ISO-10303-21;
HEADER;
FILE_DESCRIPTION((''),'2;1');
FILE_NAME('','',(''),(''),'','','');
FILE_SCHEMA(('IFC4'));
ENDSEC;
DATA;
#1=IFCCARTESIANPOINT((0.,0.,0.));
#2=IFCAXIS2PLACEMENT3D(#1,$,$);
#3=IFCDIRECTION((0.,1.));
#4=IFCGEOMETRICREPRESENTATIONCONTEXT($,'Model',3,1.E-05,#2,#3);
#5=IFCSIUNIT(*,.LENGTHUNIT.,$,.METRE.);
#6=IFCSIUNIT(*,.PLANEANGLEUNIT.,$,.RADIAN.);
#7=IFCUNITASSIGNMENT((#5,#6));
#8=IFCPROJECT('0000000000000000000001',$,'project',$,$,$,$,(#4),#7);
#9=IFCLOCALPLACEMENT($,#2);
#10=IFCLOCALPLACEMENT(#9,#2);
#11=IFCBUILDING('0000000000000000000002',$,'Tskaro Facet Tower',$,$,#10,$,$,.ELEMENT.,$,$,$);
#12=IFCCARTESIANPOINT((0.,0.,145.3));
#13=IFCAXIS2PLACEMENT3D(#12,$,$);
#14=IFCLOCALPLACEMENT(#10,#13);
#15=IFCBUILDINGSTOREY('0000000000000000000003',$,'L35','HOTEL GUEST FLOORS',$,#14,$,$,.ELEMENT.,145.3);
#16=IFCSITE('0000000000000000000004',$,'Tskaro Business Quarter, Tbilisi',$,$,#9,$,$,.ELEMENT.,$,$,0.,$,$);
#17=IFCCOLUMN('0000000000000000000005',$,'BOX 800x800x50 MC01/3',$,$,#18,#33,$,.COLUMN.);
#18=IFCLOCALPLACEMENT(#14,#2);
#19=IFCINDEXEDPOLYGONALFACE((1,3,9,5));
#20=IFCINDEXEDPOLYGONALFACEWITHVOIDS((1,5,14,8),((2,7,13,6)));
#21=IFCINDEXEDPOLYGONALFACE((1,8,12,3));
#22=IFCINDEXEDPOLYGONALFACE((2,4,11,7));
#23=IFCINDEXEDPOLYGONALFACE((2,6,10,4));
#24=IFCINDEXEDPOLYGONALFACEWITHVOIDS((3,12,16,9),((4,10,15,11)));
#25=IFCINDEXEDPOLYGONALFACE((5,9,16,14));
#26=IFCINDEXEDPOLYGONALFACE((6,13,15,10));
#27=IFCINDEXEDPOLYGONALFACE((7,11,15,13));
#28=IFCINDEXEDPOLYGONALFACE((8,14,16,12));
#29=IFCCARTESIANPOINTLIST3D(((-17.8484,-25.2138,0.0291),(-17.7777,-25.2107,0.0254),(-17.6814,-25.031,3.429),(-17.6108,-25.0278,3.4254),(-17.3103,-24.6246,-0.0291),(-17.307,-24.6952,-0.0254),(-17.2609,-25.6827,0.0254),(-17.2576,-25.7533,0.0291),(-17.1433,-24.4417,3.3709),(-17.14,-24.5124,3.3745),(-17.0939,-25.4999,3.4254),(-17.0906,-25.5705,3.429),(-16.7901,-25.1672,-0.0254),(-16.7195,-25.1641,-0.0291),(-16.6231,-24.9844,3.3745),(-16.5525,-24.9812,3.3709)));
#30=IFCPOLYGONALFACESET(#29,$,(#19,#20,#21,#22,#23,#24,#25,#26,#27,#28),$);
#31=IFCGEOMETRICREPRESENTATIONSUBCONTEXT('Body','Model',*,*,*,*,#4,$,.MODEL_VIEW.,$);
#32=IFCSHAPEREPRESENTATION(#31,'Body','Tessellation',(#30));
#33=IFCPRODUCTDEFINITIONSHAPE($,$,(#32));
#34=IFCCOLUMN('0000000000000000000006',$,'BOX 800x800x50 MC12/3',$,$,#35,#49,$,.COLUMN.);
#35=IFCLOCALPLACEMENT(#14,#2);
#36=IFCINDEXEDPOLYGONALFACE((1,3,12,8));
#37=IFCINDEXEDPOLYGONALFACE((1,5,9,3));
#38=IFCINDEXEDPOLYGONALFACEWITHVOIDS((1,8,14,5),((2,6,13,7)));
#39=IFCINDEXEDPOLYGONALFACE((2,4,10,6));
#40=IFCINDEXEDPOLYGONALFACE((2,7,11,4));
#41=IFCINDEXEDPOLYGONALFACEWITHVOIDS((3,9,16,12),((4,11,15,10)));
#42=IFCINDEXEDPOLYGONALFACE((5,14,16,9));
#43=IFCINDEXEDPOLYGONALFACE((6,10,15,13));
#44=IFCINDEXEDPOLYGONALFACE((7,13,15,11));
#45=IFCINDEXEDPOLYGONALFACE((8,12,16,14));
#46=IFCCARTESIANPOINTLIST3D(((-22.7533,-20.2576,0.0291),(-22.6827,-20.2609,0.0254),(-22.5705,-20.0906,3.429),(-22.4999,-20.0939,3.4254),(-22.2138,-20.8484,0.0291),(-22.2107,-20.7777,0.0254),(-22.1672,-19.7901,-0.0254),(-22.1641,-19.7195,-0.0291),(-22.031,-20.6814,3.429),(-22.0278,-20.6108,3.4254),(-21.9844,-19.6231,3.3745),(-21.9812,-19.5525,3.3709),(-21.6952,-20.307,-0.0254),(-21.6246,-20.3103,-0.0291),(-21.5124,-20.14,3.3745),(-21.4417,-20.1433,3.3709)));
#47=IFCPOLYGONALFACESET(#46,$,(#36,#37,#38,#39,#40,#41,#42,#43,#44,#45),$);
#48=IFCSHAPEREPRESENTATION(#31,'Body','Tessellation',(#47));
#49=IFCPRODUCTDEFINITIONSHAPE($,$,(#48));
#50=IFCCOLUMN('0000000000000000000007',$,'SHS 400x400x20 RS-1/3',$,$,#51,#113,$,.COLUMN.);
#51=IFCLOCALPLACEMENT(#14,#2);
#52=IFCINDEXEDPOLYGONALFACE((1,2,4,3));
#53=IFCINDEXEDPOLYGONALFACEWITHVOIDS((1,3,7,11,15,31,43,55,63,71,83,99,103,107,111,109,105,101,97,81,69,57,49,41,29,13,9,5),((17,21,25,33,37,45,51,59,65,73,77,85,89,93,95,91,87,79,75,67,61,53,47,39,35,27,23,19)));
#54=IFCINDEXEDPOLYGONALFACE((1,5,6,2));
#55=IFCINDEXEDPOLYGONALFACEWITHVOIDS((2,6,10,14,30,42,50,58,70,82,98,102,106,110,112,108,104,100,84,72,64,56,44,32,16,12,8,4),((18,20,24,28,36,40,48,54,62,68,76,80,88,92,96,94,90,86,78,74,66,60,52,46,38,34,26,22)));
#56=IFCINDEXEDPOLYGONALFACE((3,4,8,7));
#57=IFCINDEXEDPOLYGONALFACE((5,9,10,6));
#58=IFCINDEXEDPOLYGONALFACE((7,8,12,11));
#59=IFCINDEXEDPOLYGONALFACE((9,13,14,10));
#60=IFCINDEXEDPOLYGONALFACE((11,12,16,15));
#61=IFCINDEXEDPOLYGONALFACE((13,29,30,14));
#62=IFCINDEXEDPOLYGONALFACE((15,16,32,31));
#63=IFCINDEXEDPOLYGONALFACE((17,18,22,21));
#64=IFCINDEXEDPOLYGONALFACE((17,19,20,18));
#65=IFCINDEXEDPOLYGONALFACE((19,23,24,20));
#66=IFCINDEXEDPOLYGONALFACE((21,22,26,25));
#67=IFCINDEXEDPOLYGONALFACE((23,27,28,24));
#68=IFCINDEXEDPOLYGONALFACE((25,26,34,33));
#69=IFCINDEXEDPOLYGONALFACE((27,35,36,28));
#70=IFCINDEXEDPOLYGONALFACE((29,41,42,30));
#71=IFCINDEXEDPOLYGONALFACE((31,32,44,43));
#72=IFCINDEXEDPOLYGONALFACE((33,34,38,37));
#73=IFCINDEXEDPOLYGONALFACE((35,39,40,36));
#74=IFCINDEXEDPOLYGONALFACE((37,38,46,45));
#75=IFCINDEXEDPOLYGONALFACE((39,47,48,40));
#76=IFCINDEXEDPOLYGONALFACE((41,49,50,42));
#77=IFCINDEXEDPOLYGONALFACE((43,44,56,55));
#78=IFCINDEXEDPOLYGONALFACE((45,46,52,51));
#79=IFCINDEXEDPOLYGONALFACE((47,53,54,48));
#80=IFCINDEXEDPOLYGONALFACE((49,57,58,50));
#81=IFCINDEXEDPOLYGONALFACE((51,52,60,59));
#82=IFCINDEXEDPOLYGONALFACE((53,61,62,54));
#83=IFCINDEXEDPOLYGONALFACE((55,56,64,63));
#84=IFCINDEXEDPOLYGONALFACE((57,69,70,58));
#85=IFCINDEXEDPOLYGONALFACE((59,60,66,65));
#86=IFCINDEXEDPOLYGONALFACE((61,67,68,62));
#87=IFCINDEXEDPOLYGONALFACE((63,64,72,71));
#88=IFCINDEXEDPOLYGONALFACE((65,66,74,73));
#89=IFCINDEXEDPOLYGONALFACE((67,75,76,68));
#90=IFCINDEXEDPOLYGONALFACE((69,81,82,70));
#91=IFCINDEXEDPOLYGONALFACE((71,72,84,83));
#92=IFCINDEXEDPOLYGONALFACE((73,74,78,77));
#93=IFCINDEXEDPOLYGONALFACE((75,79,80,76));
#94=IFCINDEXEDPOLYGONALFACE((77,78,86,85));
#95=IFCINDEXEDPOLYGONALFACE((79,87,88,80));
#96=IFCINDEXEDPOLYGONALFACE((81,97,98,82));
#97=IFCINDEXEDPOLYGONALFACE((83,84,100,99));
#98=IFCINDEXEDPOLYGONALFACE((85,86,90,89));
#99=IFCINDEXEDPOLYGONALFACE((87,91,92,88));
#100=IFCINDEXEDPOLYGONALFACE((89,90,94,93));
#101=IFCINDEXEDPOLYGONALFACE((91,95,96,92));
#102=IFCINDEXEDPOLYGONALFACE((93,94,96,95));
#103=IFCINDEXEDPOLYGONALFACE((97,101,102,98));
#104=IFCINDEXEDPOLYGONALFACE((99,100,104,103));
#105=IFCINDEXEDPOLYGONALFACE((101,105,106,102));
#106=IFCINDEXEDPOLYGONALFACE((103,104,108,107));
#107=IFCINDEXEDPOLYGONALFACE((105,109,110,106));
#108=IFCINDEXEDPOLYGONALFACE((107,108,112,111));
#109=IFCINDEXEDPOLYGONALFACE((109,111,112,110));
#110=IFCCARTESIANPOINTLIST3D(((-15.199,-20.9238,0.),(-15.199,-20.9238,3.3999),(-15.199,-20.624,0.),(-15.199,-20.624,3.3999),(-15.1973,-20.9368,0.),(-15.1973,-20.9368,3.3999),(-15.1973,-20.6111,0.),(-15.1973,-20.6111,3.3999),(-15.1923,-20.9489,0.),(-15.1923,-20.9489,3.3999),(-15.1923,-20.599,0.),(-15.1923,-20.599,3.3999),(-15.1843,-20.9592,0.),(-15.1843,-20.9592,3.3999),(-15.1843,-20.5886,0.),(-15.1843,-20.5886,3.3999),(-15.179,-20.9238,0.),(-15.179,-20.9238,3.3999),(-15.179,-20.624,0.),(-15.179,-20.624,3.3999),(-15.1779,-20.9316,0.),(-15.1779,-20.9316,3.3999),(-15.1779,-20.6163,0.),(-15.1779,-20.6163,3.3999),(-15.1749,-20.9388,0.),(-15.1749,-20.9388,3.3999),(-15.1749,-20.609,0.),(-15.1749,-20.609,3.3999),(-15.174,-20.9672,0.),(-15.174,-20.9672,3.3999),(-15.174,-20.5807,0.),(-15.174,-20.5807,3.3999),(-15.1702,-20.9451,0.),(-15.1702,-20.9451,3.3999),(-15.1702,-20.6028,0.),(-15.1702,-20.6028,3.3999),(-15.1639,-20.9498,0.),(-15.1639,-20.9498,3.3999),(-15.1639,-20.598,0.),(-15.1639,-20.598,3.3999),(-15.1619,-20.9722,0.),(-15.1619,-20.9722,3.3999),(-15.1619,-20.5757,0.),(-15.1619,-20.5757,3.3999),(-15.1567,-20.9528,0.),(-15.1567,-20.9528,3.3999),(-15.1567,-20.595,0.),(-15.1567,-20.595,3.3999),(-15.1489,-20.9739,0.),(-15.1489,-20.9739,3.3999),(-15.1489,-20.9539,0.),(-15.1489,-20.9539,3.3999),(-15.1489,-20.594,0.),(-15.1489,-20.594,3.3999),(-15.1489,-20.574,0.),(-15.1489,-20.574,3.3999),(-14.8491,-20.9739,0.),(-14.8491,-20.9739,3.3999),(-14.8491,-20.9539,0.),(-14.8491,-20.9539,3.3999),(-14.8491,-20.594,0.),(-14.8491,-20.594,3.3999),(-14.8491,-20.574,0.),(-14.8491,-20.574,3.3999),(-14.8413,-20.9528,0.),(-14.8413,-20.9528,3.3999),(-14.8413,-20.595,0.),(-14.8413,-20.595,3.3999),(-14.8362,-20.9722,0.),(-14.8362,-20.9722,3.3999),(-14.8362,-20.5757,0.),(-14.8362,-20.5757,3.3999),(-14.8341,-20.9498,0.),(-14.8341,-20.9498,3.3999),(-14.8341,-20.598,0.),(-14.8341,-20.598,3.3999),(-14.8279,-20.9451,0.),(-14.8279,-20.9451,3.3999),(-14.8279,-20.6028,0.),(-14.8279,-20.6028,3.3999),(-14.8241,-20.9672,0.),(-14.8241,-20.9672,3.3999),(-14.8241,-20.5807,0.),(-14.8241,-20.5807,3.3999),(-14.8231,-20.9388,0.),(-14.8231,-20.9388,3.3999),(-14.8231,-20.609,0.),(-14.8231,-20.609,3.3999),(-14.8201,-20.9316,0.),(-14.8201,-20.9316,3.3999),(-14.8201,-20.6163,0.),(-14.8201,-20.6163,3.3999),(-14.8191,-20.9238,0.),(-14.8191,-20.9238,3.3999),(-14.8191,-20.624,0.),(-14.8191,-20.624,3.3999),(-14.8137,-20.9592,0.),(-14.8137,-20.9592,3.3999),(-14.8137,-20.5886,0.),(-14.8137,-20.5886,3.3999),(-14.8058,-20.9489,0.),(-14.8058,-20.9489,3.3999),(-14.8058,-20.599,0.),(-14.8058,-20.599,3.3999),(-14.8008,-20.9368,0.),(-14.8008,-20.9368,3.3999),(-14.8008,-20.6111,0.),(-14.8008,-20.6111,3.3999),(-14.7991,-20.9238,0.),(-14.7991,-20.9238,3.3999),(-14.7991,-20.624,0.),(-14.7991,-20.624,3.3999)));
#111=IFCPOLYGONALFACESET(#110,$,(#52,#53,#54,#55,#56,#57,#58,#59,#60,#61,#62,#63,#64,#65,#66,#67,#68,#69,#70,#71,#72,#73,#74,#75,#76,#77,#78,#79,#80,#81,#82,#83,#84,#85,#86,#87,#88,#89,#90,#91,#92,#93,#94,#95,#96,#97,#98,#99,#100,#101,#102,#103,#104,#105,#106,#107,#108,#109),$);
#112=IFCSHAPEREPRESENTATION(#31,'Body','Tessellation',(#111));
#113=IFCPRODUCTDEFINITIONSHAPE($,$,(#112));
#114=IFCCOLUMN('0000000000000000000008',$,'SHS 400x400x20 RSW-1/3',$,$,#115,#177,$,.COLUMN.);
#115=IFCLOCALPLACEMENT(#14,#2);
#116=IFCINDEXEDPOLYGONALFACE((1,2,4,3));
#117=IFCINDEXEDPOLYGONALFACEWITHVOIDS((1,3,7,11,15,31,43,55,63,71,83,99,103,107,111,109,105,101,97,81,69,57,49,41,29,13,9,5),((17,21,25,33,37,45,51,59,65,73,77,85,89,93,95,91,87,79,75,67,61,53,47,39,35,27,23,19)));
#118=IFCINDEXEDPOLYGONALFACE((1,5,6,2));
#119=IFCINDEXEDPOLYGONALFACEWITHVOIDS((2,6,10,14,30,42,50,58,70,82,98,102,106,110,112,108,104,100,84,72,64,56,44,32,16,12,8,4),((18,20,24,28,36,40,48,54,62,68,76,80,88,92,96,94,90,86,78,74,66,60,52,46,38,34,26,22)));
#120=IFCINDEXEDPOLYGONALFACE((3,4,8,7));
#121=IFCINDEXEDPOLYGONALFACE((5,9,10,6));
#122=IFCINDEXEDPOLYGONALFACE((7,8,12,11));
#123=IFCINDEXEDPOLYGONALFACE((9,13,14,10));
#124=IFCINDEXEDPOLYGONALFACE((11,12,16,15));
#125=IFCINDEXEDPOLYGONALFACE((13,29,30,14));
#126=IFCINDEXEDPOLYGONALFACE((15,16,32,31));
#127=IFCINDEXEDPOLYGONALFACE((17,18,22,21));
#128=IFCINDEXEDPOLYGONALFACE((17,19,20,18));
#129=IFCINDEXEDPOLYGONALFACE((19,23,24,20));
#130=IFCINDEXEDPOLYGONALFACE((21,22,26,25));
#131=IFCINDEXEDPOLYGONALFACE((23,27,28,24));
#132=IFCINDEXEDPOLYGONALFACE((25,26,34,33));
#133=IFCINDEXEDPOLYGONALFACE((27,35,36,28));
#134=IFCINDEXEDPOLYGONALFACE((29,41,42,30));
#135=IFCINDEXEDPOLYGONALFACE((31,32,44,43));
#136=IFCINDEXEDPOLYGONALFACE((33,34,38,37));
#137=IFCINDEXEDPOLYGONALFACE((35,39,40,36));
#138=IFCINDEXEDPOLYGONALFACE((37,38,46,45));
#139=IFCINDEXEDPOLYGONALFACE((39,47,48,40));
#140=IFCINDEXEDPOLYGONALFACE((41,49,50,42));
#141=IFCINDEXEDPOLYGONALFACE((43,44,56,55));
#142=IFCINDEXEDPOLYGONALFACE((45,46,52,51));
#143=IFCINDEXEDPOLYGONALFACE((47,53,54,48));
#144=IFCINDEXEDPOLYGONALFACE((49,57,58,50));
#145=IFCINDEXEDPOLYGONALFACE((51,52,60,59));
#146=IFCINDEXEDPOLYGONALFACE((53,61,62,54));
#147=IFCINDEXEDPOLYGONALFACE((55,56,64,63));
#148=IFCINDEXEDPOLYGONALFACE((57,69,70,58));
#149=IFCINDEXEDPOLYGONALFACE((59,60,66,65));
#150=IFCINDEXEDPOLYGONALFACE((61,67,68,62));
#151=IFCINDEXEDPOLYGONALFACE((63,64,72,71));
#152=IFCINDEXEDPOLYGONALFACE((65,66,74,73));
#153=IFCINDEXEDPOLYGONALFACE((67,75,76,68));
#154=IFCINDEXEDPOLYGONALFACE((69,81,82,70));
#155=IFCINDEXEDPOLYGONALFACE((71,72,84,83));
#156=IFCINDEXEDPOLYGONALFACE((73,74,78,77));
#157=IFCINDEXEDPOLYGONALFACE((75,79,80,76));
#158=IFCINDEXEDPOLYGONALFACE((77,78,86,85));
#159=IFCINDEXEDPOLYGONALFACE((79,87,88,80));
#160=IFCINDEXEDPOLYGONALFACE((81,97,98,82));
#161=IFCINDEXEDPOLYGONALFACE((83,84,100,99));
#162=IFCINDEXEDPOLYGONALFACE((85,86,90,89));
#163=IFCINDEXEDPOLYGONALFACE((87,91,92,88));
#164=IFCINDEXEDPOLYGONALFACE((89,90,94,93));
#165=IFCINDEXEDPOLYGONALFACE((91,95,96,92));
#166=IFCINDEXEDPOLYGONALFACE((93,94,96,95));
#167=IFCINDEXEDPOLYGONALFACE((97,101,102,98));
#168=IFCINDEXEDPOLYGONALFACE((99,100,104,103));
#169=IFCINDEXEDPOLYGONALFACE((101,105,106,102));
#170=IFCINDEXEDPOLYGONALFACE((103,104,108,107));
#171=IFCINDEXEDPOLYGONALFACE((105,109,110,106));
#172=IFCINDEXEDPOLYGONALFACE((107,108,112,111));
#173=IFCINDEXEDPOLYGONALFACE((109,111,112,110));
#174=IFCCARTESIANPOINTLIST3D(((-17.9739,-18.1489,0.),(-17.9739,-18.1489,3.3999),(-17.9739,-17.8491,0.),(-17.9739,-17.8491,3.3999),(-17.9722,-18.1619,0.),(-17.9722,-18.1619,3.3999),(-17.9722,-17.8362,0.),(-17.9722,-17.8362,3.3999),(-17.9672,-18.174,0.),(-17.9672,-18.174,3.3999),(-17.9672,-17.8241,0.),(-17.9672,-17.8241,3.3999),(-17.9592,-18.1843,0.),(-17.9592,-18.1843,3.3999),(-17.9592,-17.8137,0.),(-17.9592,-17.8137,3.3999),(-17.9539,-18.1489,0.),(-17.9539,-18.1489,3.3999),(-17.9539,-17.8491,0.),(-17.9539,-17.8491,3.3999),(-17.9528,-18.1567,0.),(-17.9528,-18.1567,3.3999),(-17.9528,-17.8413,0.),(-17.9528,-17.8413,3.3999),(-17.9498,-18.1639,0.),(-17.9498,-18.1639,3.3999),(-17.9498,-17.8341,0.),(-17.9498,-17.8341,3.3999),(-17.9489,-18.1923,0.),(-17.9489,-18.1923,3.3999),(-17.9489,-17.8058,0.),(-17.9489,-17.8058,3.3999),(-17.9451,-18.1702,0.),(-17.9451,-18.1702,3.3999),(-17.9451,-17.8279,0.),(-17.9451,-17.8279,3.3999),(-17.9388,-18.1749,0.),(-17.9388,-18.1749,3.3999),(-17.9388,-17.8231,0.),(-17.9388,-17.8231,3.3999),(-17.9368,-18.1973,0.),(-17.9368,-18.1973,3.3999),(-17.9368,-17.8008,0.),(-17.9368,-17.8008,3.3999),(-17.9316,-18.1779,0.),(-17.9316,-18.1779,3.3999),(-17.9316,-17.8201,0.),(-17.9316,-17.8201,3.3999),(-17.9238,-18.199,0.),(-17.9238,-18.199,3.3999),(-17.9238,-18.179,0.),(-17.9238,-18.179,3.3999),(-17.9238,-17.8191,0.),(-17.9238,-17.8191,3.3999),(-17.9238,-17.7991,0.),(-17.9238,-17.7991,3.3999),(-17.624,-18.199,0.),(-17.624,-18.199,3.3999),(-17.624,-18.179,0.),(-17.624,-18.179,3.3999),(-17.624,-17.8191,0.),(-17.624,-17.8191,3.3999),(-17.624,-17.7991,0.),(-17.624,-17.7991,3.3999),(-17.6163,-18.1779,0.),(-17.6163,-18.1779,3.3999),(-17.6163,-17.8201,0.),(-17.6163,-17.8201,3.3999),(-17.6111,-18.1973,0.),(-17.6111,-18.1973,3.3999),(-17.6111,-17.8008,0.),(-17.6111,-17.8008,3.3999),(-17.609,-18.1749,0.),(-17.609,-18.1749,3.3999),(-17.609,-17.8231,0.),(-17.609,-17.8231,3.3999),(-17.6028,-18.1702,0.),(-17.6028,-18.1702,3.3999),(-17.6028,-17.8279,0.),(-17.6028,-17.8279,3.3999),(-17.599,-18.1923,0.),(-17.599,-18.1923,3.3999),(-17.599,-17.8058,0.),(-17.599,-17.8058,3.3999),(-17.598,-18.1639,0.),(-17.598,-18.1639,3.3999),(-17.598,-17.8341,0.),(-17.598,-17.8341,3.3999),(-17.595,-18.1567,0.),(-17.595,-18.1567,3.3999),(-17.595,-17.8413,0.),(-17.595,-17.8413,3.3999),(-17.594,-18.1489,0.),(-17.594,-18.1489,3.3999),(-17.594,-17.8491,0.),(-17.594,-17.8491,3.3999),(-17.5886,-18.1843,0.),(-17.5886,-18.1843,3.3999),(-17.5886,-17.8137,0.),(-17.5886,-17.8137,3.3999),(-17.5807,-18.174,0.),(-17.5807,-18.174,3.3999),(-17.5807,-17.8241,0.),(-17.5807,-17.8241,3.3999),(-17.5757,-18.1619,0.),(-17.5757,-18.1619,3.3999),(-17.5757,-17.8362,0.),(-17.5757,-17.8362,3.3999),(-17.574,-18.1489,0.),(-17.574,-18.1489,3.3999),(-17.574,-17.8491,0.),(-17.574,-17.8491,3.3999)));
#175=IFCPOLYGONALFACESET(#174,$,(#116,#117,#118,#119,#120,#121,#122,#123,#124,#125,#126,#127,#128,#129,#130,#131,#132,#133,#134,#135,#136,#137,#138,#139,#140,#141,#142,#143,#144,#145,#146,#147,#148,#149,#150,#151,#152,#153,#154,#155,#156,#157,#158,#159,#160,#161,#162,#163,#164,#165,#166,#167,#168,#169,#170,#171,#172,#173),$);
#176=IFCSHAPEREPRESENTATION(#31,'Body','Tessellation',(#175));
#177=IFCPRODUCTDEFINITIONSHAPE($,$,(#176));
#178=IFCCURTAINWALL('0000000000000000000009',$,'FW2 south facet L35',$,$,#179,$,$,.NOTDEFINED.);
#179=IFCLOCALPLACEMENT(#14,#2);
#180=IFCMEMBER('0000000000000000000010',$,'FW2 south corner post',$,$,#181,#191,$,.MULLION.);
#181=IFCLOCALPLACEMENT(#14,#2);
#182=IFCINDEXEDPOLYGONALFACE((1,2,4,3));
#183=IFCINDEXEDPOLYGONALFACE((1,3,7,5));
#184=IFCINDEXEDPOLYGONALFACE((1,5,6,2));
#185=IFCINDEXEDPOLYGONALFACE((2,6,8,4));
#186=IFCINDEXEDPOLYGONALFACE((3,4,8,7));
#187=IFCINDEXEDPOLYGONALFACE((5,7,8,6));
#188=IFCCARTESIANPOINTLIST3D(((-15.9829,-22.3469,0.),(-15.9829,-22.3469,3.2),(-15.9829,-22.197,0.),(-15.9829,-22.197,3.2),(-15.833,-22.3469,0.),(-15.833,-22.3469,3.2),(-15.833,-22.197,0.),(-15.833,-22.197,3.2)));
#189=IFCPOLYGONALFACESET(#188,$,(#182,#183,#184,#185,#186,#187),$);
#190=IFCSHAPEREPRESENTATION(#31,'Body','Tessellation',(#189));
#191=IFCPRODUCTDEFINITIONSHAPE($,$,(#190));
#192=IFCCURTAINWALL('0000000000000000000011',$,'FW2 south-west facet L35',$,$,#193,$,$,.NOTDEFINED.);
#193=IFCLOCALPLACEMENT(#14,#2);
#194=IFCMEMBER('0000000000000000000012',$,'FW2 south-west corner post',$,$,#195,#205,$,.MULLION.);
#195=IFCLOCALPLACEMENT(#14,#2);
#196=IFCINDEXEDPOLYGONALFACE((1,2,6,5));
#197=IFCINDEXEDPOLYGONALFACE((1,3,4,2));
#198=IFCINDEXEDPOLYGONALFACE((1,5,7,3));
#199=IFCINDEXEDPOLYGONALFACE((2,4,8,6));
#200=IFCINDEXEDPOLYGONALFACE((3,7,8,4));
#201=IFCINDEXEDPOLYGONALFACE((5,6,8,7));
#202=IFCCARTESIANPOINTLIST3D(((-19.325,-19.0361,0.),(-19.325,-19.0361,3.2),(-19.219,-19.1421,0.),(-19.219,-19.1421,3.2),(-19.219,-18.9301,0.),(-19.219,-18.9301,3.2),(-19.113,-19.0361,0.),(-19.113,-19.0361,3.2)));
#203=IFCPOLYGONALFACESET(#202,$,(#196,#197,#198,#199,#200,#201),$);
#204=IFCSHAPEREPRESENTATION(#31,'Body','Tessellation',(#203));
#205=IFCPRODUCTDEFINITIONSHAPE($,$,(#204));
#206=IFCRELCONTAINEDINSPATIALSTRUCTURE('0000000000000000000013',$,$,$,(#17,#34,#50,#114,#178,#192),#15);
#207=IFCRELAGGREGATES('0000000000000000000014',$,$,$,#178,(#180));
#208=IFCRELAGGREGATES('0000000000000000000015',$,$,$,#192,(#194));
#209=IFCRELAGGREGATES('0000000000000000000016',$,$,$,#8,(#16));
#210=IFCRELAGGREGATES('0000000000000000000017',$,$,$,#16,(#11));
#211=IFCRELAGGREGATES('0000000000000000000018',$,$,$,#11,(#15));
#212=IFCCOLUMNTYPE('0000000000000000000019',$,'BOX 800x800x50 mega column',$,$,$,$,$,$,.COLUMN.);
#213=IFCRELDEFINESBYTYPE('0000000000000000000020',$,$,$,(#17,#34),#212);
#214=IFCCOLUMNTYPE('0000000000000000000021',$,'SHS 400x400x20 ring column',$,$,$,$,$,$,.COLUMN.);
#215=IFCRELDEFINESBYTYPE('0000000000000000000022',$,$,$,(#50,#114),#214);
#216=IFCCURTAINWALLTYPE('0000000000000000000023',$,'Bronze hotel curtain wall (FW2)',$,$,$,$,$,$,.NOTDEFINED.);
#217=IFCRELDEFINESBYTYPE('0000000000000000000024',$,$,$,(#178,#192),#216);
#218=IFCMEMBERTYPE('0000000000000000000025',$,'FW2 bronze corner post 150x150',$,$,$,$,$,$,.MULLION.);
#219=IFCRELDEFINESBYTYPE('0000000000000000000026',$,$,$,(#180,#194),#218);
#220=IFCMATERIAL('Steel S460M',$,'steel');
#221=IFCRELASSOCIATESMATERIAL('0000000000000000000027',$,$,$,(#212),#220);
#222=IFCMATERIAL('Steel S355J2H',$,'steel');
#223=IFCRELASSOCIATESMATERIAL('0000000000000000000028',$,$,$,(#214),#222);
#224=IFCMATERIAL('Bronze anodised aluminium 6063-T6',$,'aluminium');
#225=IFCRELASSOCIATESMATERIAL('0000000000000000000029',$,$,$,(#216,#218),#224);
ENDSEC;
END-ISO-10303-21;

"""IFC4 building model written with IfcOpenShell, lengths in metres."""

from ifc_helpers import new_model, si_unit, direction, frame, origin, origin_2d, place, context, subcontext, project, spatial, rectangle, hollow_rectangle, extrude, material, material_profile, profile_set, type_object, element, aggregate, save


model = new_model("IFC4")

# Units and contexts
model_context = context("Model", 3, precision=1e-05, world=origin(), true_north=direction((0.0, 1.0)))
body_context = subcontext(model_context, "Body", "Model", "MODEL_VIEW")
ifc_project = project(units=[si_unit("LENGTHUNIT", "METRE"), si_unit("PLANEANGLEUNIT", "RADIAN")], contexts=[model_context])

# Site, building, storey
site_placement = place(None, origin())
site = spatial("IfcSite", under=ifc_project, at=site_placement, Name="Tskaro Business Quarter, Tbilisi", CompositionType="ELEMENT", RefElevation=0.0)
building_placement = place(site_placement, origin())
building = spatial("IfcBuilding", under=site, at=building_placement, Name="Tskaro Facet Tower", CompositionType="ELEMENT")
storey_placement = place(building_placement, frame((0.0, 0.0, 145.3)))
storey = spatial("IfcBuildingStorey", under=building, at=storey_placement, Name="L35", Description="HOTEL GUEST FLOORS", CompositionType="ELEMENT", Elevation=145.3)

# Columns
ifc_material_1 = material(Name="Steel S460M", Category="steel")
ifc_material_profile_1 = material_profile(ifc_material_1, hollow_rectangle(XDim=0.8, YDim=0.8, WallThickness=0.05, at=origin_2d()), Name="BOX 800x800x50")
ifc_profile_set_1 = profile_set([ifc_material_profile_1], Name="Steel S460M")
column_type_1 = type_object("IfcColumnType", Name="BOX 800x800x50 mega column", PredefinedType="COLUMN", material=ifc_profile_set_1)
for number, where, z_axis, x_axis, name in (
    (1, (-17.2839, -25.189, 0.0), (0.048987, 0.053642, 0.997358), (-0.738421, 0.674339, 0.0), "BOX 800x800x50 MC01/3"),
    (2, (-22.189, -20.2839, 0.0), (0.053642, 0.048987, 0.997358), (-0.674339, 0.738421, 0.0), "BOX 800x800x50 MC12/3"),
):
    element("IfcColumn", number, at=place(storey_placement, frame(where, z_axis=z_axis, x_axis=x_axis)), inside=storey, type_object=column_type_1, Name=name, PredefinedType="COLUMN", context=body_context, shape_type="SweptSolid", body=[
        extrude(hollow_rectangle(XDim=0.8, YDim=0.8, WallThickness=0.05, at=origin_2d()), origin(), (0.0, 0.0, 1.0), 3.4089),
    ])
ifc_material_2 = material(Name="Steel S355J2H", Category="steel")
ifc_material_profile_2 = material_profile(ifc_material_2, hollow_rectangle(XDim=0.3999, YDim=0.3999, WallThickness=0.02, InnerFilletRadius=0.03, OuterFilletRadius=0.05, at=origin_2d()), Name="SHS 400x400x20")
ifc_profile_set_2 = profile_set([ifc_material_profile_2], Name="Steel S355J2H")
column_type_2 = type_object("IfcColumnType", Name="SHS 400x400x20 ring column", PredefinedType="COLUMN", material=ifc_profile_set_2)
for number, where, z_axis, x_axis, name in (
    (3, (-14.999, -20.7739, 0.0), (0.0, 0.0, 1.0), (1.0, 0.0, 0.0), "SHS 400x400x20 RS-1/3"),
    (4, (-17.7739, -17.999, 0.0), (0.0, 0.0, 1.0), (1.0, 0.0, 0.0), "SHS 400x400x20 RSW-1/3"),
):
    element("IfcColumn", number, at=place(storey_placement, frame(where, z_axis=z_axis, x_axis=x_axis)), inside=storey, type_object=column_type_2, Name=name, PredefinedType="COLUMN", context=body_context, shape_type="SweptSolid", body=[
        extrude(hollow_rectangle(XDim=0.3999, YDim=0.3999, WallThickness=0.02, InnerFilletRadius=0.03, OuterFilletRadius=0.05, at=origin_2d()), origin(), (0.0, 0.0, 1.0), 3.3999),
    ])

# Curtain walls, members
ifc_material_3 = material(Name="Bronze anodised aluminium 6063-T6", Category="aluminium")
curtain_wall_type = type_object("IfcCurtainWallType", Name="Bronze hotel curtain wall (FW2)", PredefinedType="NOTDEFINED", material=ifc_material_3)
curtain_wall_1_placement = place(storey_placement, origin())
curtain_wall_1 = element("IfcCurtainWall", 5, at=curtain_wall_1_placement, inside=storey, type_object=curtain_wall_type, Name="FW2 south facet L35", PredefinedType="NOTDEFINED")
ifc_material_profile_3 = material_profile(ifc_material_3, rectangle(XDim=0.1499, YDim=0.1499, at=origin_2d()), Name="Corner post 150x150")
ifc_profile_set_3 = profile_set([ifc_material_profile_3], Name="Bronze anodised aluminium 6063-T6")
member_type_1 = type_object("IfcMemberType", Name="FW2 bronze corner post 150x150", PredefinedType="MULLION", material=ifc_profile_set_3)
member_1_placement = place(storey_placement, frame((-15.908, -22.272, 0.0), z_axis=(0.0, 0.0, 1.0), x_axis=(1.0, 0.0, 0.0)))
member_1 = element("IfcMember", 6, at=member_1_placement, type_object=member_type_1, Name="FW2 south corner post", PredefinedType="MULLION", context=body_context, shape_type="SweptSolid", body=[
    extrude(rectangle(XDim=0.1499, YDim=0.1499, at=origin_2d()), origin(), (0.0, 0.0, 1.0), 3.2),
])
curtain_wall_2_placement = place(storey_placement, origin())
curtain_wall_2 = element("IfcCurtainWall", 7, at=curtain_wall_2_placement, inside=storey, type_object=curtain_wall_type, Name="FW2 south-west facet L35", PredefinedType="NOTDEFINED")
member_2_placement = place(storey_placement, frame((-19.219, -19.0361, 0.0), z_axis=(0.0, 0.0, 1.0), x_axis=(0.707107, -0.707107, 0.0)))
member_2 = element("IfcMember", 8, at=member_2_placement, type_object=member_type_1, Name="FW2 south-west corner post", PredefinedType="MULLION", context=body_context, shape_type="SweptSolid", body=[
    extrude(rectangle(XDim=0.1499, YDim=0.1499, at=origin_2d()), origin(), (0.0, 0.0, 1.0), 3.2),
])

aggregate(curtain_wall_1, [member_1])

aggregate(curtain_wall_2, [member_2])

save(model, "model.ifc")
